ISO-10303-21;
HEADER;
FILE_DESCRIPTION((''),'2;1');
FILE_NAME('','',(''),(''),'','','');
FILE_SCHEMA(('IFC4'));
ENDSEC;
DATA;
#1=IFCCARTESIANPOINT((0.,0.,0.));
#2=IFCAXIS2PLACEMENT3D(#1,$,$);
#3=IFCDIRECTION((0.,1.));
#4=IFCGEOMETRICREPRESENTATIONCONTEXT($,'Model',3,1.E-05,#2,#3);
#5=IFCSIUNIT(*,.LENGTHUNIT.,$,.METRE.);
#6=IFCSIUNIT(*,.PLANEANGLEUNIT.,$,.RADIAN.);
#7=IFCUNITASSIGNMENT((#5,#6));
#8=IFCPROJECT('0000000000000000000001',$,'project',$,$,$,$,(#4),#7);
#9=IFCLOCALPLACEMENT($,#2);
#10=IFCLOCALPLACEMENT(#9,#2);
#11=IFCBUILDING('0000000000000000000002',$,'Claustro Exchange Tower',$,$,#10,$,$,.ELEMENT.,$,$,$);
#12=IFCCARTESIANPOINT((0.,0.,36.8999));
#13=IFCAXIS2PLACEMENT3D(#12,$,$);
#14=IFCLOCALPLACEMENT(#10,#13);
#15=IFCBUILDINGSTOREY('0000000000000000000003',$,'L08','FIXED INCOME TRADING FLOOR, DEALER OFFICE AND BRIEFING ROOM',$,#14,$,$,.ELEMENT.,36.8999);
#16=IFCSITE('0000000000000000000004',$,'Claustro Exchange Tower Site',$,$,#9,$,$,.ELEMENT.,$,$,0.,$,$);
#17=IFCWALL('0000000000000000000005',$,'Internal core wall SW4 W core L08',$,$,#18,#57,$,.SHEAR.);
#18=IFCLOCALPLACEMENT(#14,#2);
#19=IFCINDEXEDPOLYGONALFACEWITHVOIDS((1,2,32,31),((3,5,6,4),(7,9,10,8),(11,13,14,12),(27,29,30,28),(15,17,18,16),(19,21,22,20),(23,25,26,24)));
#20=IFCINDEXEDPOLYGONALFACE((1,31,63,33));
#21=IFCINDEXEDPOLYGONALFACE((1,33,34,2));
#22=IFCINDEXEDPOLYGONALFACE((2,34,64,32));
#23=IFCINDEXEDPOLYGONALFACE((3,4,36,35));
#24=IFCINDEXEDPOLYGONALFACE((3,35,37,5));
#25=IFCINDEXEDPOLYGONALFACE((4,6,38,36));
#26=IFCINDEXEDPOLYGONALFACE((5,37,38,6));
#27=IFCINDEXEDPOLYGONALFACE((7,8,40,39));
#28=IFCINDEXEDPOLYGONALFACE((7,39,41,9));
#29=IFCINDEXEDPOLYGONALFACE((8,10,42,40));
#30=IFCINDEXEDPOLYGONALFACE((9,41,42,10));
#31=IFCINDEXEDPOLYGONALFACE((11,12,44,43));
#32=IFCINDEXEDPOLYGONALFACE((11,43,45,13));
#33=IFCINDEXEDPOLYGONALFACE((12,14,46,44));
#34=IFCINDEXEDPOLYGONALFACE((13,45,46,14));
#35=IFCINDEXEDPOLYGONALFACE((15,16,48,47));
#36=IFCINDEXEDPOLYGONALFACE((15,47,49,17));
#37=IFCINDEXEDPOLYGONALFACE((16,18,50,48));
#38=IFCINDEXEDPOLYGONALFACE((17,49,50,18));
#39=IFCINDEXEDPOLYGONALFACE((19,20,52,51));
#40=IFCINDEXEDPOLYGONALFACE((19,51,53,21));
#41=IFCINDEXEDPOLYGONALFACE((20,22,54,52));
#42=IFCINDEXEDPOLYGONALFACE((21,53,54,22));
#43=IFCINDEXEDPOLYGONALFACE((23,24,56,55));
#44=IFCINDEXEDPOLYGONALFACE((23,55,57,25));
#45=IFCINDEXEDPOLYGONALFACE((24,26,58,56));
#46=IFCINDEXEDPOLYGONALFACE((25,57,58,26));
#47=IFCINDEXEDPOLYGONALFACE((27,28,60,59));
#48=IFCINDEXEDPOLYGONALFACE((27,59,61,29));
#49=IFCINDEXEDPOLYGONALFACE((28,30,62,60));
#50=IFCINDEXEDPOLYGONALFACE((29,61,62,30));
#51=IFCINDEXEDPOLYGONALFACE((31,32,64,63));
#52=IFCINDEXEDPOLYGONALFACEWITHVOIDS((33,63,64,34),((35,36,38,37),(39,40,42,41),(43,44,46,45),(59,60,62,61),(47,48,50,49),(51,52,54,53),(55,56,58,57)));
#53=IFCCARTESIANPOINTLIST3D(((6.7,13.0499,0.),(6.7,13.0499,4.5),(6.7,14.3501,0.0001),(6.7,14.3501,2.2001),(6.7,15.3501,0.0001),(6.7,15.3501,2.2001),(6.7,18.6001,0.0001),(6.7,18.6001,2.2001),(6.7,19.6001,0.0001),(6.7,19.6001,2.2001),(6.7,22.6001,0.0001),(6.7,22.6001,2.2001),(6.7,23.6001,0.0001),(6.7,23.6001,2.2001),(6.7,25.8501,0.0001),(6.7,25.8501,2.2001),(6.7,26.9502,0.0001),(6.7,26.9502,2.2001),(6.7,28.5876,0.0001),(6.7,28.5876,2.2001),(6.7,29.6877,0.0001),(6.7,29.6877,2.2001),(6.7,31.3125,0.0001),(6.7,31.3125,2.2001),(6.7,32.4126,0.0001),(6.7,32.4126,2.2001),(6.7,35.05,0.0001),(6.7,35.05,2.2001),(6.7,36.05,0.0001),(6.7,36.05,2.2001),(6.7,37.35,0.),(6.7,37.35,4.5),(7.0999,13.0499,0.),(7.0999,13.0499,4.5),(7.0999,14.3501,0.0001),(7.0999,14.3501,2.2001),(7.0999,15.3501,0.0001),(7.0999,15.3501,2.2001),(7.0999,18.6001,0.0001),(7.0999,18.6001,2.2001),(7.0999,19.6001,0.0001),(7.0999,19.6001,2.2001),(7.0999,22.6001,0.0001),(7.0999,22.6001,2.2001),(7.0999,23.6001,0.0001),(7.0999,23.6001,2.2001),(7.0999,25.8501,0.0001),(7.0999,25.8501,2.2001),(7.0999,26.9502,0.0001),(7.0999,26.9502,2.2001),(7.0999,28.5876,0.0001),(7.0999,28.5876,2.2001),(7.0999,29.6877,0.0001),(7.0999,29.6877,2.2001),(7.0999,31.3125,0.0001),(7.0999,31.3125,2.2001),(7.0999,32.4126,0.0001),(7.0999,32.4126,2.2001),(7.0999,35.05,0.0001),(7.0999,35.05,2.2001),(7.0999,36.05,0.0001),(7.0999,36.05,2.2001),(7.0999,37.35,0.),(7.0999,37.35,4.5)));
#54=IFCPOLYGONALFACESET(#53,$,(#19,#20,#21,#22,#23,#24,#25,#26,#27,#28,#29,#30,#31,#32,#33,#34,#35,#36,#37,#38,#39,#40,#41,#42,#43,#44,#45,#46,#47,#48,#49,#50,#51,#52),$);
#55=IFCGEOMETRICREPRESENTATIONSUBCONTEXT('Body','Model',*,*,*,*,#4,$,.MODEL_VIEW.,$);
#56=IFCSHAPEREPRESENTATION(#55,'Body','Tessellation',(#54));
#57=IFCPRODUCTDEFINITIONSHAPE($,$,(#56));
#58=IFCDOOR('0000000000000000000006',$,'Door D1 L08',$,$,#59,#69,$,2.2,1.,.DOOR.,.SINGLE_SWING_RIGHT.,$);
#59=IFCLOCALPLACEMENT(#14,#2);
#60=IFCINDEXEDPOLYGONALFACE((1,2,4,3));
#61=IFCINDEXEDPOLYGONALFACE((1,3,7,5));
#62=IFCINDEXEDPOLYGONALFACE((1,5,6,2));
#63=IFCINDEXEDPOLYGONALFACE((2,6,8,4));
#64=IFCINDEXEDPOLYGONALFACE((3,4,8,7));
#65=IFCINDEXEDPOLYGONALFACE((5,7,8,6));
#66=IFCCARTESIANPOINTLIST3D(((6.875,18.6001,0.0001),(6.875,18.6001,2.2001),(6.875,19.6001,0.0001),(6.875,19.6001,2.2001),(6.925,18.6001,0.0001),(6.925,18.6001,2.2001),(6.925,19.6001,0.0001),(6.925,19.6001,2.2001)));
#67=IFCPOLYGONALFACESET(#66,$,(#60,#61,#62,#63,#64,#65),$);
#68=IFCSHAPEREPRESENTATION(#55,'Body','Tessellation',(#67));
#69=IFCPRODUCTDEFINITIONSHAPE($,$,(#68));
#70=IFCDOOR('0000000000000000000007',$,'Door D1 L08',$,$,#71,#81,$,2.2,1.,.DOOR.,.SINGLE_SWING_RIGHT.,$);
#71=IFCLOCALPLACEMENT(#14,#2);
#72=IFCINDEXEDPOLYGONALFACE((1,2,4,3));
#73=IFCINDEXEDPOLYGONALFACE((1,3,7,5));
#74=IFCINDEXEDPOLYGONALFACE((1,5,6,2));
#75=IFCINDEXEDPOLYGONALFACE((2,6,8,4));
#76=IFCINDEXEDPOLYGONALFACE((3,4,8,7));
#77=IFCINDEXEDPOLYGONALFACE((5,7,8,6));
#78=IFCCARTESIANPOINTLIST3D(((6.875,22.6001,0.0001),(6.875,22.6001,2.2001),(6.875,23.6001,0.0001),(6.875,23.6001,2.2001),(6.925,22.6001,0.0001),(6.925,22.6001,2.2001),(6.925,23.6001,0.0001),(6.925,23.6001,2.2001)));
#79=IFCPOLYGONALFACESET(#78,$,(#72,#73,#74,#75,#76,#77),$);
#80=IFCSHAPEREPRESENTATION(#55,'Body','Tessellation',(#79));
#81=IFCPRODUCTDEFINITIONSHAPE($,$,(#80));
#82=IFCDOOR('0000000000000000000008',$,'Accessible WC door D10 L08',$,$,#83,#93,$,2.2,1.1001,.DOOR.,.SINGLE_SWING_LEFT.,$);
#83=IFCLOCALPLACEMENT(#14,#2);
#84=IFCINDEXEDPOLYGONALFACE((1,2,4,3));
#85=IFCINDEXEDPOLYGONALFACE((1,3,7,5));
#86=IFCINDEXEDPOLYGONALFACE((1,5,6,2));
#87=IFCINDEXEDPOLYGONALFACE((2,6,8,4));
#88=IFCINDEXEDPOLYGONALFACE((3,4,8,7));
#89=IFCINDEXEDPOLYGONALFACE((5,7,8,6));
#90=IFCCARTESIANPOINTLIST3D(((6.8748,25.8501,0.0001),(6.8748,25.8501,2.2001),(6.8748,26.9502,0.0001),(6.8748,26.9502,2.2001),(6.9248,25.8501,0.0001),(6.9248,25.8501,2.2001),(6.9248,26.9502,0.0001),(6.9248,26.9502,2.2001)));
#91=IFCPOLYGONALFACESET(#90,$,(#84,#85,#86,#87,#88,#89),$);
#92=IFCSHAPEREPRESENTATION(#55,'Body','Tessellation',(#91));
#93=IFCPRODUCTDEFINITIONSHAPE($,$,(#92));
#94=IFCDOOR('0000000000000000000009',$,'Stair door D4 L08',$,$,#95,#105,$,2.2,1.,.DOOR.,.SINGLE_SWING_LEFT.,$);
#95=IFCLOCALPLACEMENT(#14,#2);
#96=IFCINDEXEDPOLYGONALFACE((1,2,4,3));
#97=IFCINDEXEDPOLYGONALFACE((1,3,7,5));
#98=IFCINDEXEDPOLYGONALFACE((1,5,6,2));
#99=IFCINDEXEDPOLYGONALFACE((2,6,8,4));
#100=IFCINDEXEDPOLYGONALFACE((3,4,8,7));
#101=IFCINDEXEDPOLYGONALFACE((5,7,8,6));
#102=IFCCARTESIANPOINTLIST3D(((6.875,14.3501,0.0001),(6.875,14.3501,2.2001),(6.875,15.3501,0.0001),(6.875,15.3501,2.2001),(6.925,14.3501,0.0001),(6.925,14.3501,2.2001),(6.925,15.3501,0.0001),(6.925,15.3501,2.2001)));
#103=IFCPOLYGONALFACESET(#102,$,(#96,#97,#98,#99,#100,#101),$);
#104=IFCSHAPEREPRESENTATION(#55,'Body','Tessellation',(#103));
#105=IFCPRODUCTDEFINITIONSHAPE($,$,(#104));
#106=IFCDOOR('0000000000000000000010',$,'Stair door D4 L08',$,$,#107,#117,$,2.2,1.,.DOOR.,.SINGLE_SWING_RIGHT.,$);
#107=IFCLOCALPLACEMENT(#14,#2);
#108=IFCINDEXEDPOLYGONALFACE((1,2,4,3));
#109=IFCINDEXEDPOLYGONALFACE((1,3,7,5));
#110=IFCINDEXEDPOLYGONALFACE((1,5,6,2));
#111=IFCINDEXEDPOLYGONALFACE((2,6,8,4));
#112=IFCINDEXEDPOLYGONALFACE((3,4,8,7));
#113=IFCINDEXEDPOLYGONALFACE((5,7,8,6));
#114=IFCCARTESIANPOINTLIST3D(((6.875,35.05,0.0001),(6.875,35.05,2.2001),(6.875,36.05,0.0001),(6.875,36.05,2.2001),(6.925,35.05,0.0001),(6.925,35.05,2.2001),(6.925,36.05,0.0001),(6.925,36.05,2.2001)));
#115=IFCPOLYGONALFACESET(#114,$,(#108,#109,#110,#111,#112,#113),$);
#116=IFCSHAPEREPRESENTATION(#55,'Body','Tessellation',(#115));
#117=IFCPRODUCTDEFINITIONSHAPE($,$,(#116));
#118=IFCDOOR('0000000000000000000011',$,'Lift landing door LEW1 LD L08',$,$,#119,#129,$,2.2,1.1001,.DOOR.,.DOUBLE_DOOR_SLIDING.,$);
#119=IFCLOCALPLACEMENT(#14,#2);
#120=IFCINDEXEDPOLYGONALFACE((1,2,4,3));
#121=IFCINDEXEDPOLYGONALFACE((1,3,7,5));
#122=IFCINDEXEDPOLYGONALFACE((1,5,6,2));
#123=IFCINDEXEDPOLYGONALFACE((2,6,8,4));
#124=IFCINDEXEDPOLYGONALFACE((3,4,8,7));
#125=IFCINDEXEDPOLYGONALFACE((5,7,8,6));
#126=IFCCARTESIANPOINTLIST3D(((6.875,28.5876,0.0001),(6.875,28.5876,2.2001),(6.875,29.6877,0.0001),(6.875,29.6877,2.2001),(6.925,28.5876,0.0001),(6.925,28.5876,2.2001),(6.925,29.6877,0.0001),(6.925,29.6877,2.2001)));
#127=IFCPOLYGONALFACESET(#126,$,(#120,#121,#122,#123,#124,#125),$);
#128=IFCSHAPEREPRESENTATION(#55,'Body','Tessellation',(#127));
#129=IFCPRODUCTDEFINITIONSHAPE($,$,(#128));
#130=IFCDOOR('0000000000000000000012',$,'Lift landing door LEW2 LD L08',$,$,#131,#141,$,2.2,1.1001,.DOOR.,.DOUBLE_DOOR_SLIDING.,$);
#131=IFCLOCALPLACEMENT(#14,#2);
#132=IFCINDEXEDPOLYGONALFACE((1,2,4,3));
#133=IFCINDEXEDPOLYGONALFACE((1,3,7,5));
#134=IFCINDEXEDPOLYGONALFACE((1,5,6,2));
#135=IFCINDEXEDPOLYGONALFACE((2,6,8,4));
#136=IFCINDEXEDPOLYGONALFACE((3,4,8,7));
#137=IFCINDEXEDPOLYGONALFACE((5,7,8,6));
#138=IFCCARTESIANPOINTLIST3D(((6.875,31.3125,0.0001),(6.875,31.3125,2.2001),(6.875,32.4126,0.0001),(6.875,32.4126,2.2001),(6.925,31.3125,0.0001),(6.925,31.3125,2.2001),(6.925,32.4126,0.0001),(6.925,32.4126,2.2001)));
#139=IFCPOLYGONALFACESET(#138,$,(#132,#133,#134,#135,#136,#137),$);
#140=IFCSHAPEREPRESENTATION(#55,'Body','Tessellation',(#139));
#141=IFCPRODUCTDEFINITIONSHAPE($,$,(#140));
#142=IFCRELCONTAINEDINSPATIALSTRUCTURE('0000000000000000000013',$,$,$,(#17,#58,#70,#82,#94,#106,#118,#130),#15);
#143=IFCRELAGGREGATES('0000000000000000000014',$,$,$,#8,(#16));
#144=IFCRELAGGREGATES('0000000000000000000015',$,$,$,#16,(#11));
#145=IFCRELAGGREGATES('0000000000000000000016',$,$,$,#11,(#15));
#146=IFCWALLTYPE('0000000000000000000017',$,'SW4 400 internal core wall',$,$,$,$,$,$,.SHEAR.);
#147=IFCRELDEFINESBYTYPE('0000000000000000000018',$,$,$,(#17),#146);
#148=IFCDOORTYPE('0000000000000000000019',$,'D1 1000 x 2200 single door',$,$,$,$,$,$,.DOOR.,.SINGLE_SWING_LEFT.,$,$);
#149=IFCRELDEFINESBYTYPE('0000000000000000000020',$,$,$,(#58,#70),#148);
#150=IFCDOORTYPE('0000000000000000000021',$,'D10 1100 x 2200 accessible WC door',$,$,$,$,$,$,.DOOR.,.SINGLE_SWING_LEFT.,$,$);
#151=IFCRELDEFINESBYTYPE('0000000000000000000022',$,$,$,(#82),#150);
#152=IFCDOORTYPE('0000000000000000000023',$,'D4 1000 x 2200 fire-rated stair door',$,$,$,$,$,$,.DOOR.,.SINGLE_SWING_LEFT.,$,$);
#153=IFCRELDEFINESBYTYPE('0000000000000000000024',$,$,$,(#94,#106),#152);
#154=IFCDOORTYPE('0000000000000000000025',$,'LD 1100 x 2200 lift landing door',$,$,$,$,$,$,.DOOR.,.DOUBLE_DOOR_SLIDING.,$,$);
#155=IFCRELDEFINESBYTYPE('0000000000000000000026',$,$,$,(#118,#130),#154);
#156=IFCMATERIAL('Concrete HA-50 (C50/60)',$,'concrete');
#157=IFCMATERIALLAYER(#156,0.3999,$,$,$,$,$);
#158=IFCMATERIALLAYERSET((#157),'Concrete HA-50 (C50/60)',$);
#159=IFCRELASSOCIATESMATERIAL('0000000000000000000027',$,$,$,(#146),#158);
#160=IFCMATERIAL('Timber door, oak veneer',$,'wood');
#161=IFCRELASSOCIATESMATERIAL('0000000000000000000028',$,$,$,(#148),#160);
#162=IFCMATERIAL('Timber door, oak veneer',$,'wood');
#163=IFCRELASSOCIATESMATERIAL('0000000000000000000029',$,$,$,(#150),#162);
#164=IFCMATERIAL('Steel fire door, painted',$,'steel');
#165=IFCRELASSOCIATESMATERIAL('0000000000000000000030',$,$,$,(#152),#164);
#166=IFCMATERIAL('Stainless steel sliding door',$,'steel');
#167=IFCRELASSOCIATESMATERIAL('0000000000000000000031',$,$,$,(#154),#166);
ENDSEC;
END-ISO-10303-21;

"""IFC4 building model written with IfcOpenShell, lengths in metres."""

from ifc_helpers import new_model, si_unit, direction, frame, frame_2d, origin, place, context, subcontext, project, spatial, rectangle, extrude, material, layer, layer_set, type_object, element, fill, save


model = new_model("IFC4")

# Units and contexts
model_context = context("Model", 3, precision=1e-05, world=origin(), true_north=direction((0.0, 1.0)))
body_context = subcontext(model_context, "Body", "Model", "MODEL_VIEW")
ifc_project = project(units=[si_unit("LENGTHUNIT", "METRE"), si_unit("PLANEANGLEUNIT", "RADIAN")], contexts=[model_context])

# Site, building, storey
site_placement = place(None, origin())
site = spatial("IfcSite", under=ifc_project, at=site_placement, Name="Claustro Exchange Tower Site", CompositionType="ELEMENT", RefElevation=0.0)
building_placement = place(site_placement, origin())
building = spatial("IfcBuilding", under=site, at=building_placement, Name="Claustro Exchange Tower", CompositionType="ELEMENT")
storey_placement = place(building_placement, frame((0.0, 0.0, 36.8999)))
storey = spatial("IfcBuildingStorey", under=building, at=storey_placement, Name="L08", Description="FIXED INCOME TRADING FLOOR, DEALER OFFICE AND BRIEFING ROOM", CompositionType="ELEMENT", Elevation=36.8999)

# Wall, openings, doors
ifc_material_1 = material(Name="Concrete HA-50 (C50/60)", Category="concrete")
ifc_layer_1 = layer(ifc_material_1, 0.3999)
ifc_layer_set_1 = layer_set([ifc_layer_1], Name="Concrete HA-50 (C50/60)")
wall_type_1 = type_object("IfcWallType", Name="SW4 400 internal core wall", PredefinedType="SHEAR", material=ifc_layer_set_1)
wall_1_placement = place(storey_placement, frame((6.8999, 13.05, 0.0), z_axis=(0.0, 0.0, 1.0), x_axis=(0.0, 1.0, 0.0)))
wall_1 = element("IfcWall", 1, at=wall_1_placement, inside=storey, type_object=wall_type_1, Name="Internal core wall SW4 W core L08", PredefinedType="SHEAR", context=body_context, shape_type="SweptSolid", body=[
    extrude(rectangle(XDim=24.3, YDim=0.3999, at=frame_2d((12.1499, 0.0))), origin(), (0.0, 0.0, 1.0), 4.5),
])
opening_1_placement = place(wall_1_placement, frame((1.3, 0.0, 0.0)))
opening_1 = element("IfcOpeningElement", 2, at=opening_1_placement, cuts=wall_1, PredefinedType="OPENING", context=body_context, shape_type="SweptSolid", body=[
    extrude(rectangle(XDim=1.0, YDim=2.2, at=frame_2d((0.5, 1.1001))), frame((0.0, 0.21, 0.0), z_axis=(0.0, -1.0, 0.0), x_axis=(1.0, 0.0, 0.0)), (0.0, 0.0, 1.0), 0.4199),
])
opening_2_placement = place(wall_1_placement, frame((22.0, 0.0, 0.0)))
opening_2 = element("IfcOpeningElement", 3, at=opening_2_placement, cuts=wall_1, PredefinedType="OPENING", context=body_context, shape_type="SweptSolid", body=[
    extrude(rectangle(XDim=1.0, YDim=2.2, at=frame_2d((0.5, 1.1001))), frame((0.0, 0.21, 0.0), z_axis=(0.0, -1.0, 0.0), x_axis=(1.0, 0.0, 0.0)), (0.0, 0.0, 1.0), 0.4199),
])
opening_3_placement = place(wall_1_placement, frame((5.55, 0.0, 0.0)))
opening_3 = element("IfcOpeningElement", 4, at=opening_3_placement, cuts=wall_1, PredefinedType="OPENING", context=body_context, shape_type="SweptSolid", body=[
    extrude(rectangle(XDim=1.0, YDim=2.2, at=frame_2d((0.5, 1.1001))), frame((0.0, 0.21, 0.0), z_axis=(0.0, -1.0, 0.0), x_axis=(1.0, 0.0, 0.0)), (0.0, 0.0, 1.0), 0.4199),
])
opening_4_placement = place(wall_1_placement, frame((9.55, 0.0, 0.0)))
opening_4 = element("IfcOpeningElement", 5, at=opening_4_placement, cuts=wall_1, PredefinedType="OPENING", context=body_context, shape_type="SweptSolid", body=[
    extrude(rectangle(XDim=1.0, YDim=2.2, at=frame_2d((0.5, 1.1001))), frame((0.0, 0.21, 0.0), z_axis=(0.0, -1.0, 0.0), x_axis=(1.0, 0.0, 0.0)), (0.0, 0.0, 1.0), 0.4199),
])
opening_5_placement = place(wall_1_placement, frame((12.8, 0.0, 0.0)))
opening_5 = element("IfcOpeningElement", 6, at=opening_5_placement, cuts=wall_1, PredefinedType="OPENING", context=body_context, shape_type="SweptSolid", body=[
    extrude(rectangle(XDim=1.1001, YDim=2.2, at=frame_2d((0.55, 1.1001))), frame((0.0, 0.21, 0.0), z_axis=(0.0, -1.0, 0.0), x_axis=(1.0, 0.0, 0.0)), (0.0, 0.0, 1.0), 0.4199),
])
opening_6_placement = place(wall_1_placement, frame((15.5376, 0.0, 0.0)))
opening_6 = element("IfcOpeningElement", 7, at=opening_6_placement, cuts=wall_1, PredefinedType="OPENING", context=body_context, shape_type="SweptSolid", body=[
    extrude(rectangle(XDim=1.1001, YDim=2.2, at=frame_2d((0.55, 1.1001))), frame((0.0, 0.21, 0.0), z_axis=(0.0, -1.0, 0.0), x_axis=(1.0, 0.0, 0.0)), (0.0, 0.0, 1.0), 0.4199),
])
opening_7_placement = place(wall_1_placement, frame((18.2625, 0.0, 0.0)))
opening_7 = element("IfcOpeningElement", 8, at=opening_7_placement, cuts=wall_1, PredefinedType="OPENING", context=body_context, shape_type="SweptSolid", body=[
    extrude(rectangle(XDim=1.1001, YDim=2.2, at=frame_2d((0.55, 1.1001))), frame((0.0, 0.21, 0.0), z_axis=(0.0, -1.0, 0.0), x_axis=(1.0, 0.0, 0.0)), (0.0, 0.0, 1.0), 0.4199),
])
ifc_material_2 = material(Name="Timber door, oak veneer", Category="wood")
door_type_1 = type_object("IfcDoorType", Name="D1 1000 x 2200 single door", OperationType="SINGLE_SWING_LEFT", PredefinedType="DOOR", material=ifc_material_2)
door_1_placement = place(opening_3_placement, origin())
door_1 = element("IfcDoor", 9, at=door_1_placement, inside=storey, type_object=door_type_1, Name="Door D1 L08", OperationType="SINGLE_SWING_RIGHT", OverallHeight=2.2, OverallWidth=1.0, PredefinedType="DOOR", context=body_context, shape_type="SweptSolid", body=[
    extrude(rectangle(XDim=1.0, YDim=2.2, at=frame_2d((0.5, 1.1001))), frame((0.0, 0.0249, 0.0), z_axis=(0.0, -1.0, 0.0), x_axis=(1.0, 0.0, 0.0)), (0.0, 0.0, 1.0), 0.05),
])
fill(opening_3, door_1)
door_2_placement = place(opening_4_placement, origin())
door_2 = element("IfcDoor", 10, at=door_2_placement, inside=storey, type_object=door_type_1, Name="Door D1 L08", OperationType="SINGLE_SWING_RIGHT", OverallHeight=2.2, OverallWidth=1.0, PredefinedType="DOOR", context=body_context, shape_type="SweptSolid", body=[
    extrude(rectangle(XDim=1.0, YDim=2.2, at=frame_2d((0.5, 1.1001))), frame((0.0, 0.0249, 0.0), z_axis=(0.0, -1.0, 0.0), x_axis=(1.0, 0.0, 0.0)), (0.0, 0.0, 1.0), 0.05),
])
fill(opening_4, door_2)
ifc_material_3 = material(Name="Timber door, oak veneer", Category="wood")
door_type_2 = type_object("IfcDoorType", Name="D10 1100 x 2200 accessible WC door", OperationType="SINGLE_SWING_LEFT", PredefinedType="DOOR", material=ifc_material_3)
door_3_placement = place(opening_5_placement, frame((1.1001, 0.0, 0.0), z_axis=(0.0, 0.0, 1.0), x_axis=(-1.0, 0.0, 0.0)))
door_3 = element("IfcDoor", 11, at=door_3_placement, inside=storey, type_object=door_type_2, Name="Accessible WC door D10 L08", OperationType="SINGLE_SWING_LEFT", OverallHeight=2.2, OverallWidth=1.1001, PredefinedType="DOOR", context=body_context, shape_type="SweptSolid", body=[
    extrude(rectangle(XDim=1.1001, YDim=2.2, at=frame_2d((0.55, 1.1001))), frame((0.0, 0.0249, 0.0), z_axis=(0.0, -1.0, 0.0), x_axis=(1.0, 0.0, 0.0)), (0.0, 0.0, 1.0), 0.05),
])
fill(opening_5, door_3)
ifc_material_4 = material(Name="Steel fire door, painted", Category="steel")
door_type_3 = type_object("IfcDoorType", Name="D4 1000 x 2200 fire-rated stair door", OperationType="SINGLE_SWING_LEFT", PredefinedType="DOOR", material=ifc_material_4)
door_4_placement = place(opening_1_placement, origin())
door_4 = element("IfcDoor", 12, at=door_4_placement, inside=storey, type_object=door_type_3, Name="Stair door D4 L08", OperationType="SINGLE_SWING_LEFT", OverallHeight=2.2, OverallWidth=1.0, PredefinedType="DOOR", context=body_context, shape_type="SweptSolid", body=[
    extrude(rectangle(XDim=1.0, YDim=2.2, at=frame_2d((0.5, 1.1001))), frame((0.0, 0.0249, 0.0), z_axis=(0.0, -1.0, 0.0), x_axis=(1.0, 0.0, 0.0)), (0.0, 0.0, 1.0), 0.05),
])
fill(opening_1, door_4)
door_5_placement = place(opening_2_placement, origin())
door_5 = element("IfcDoor", 13, at=door_5_placement, inside=storey, type_object=door_type_3, Name="Stair door D4 L08", OperationType="SINGLE_SWING_RIGHT", OverallHeight=2.2, OverallWidth=1.0, PredefinedType="DOOR", context=body_context, shape_type="SweptSolid", body=[
    extrude(rectangle(XDim=1.0, YDim=2.2, at=frame_2d((0.5, 1.1001))), frame((0.0, 0.0249, 0.0), z_axis=(0.0, -1.0, 0.0), x_axis=(1.0, 0.0, 0.0)), (0.0, 0.0, 1.0), 0.05),
])
fill(opening_2, door_5)
ifc_material_5 = material(Name="Stainless steel sliding door", Category="steel")
door_type_4 = type_object("IfcDoorType", Name="LD 1100 x 2200 lift landing door", OperationType="DOUBLE_DOOR_SLIDING", PredefinedType="DOOR", material=ifc_material_5)
door_6_placement = place(opening_6_placement, origin())
door_6 = element("IfcDoor", 14, at=door_6_placement, inside=storey, type_object=door_type_4, Name="Lift landing door LEW1 LD L08", OperationType="DOUBLE_DOOR_SLIDING", OverallHeight=2.2, OverallWidth=1.1001, PredefinedType="DOOR", context=body_context, shape_type="SweptSolid", body=[
    extrude(rectangle(XDim=1.1001, YDim=2.2, at=frame_2d((0.55, 1.1001))), frame((0.0, 0.0249, 0.0), z_axis=(0.0, -1.0, 0.0), x_axis=(1.0, 0.0, 0.0)), (0.0, 0.0, 1.0), 0.05),
])
fill(opening_6, door_6)
door_7_placement = place(opening_7_placement, origin())
door_7 = element("IfcDoor", 15, at=door_7_placement, inside=storey, type_object=door_type_4, Name="Lift landing door LEW2 LD L08", OperationType="DOUBLE_DOOR_SLIDING", OverallHeight=2.2, OverallWidth=1.1001, PredefinedType="DOOR", context=body_context, shape_type="SweptSolid", body=[
    extrude(rectangle(XDim=1.1001, YDim=2.2, at=frame_2d((0.55, 1.1001))), frame((0.0, 0.0249, 0.0), z_axis=(0.0, -1.0, 0.0), x_axis=(1.0, 0.0, 0.0)), (0.0, 0.0, 1.0), 0.05),
])
fill(opening_7, door_7)

save(model, "model.ifc")
